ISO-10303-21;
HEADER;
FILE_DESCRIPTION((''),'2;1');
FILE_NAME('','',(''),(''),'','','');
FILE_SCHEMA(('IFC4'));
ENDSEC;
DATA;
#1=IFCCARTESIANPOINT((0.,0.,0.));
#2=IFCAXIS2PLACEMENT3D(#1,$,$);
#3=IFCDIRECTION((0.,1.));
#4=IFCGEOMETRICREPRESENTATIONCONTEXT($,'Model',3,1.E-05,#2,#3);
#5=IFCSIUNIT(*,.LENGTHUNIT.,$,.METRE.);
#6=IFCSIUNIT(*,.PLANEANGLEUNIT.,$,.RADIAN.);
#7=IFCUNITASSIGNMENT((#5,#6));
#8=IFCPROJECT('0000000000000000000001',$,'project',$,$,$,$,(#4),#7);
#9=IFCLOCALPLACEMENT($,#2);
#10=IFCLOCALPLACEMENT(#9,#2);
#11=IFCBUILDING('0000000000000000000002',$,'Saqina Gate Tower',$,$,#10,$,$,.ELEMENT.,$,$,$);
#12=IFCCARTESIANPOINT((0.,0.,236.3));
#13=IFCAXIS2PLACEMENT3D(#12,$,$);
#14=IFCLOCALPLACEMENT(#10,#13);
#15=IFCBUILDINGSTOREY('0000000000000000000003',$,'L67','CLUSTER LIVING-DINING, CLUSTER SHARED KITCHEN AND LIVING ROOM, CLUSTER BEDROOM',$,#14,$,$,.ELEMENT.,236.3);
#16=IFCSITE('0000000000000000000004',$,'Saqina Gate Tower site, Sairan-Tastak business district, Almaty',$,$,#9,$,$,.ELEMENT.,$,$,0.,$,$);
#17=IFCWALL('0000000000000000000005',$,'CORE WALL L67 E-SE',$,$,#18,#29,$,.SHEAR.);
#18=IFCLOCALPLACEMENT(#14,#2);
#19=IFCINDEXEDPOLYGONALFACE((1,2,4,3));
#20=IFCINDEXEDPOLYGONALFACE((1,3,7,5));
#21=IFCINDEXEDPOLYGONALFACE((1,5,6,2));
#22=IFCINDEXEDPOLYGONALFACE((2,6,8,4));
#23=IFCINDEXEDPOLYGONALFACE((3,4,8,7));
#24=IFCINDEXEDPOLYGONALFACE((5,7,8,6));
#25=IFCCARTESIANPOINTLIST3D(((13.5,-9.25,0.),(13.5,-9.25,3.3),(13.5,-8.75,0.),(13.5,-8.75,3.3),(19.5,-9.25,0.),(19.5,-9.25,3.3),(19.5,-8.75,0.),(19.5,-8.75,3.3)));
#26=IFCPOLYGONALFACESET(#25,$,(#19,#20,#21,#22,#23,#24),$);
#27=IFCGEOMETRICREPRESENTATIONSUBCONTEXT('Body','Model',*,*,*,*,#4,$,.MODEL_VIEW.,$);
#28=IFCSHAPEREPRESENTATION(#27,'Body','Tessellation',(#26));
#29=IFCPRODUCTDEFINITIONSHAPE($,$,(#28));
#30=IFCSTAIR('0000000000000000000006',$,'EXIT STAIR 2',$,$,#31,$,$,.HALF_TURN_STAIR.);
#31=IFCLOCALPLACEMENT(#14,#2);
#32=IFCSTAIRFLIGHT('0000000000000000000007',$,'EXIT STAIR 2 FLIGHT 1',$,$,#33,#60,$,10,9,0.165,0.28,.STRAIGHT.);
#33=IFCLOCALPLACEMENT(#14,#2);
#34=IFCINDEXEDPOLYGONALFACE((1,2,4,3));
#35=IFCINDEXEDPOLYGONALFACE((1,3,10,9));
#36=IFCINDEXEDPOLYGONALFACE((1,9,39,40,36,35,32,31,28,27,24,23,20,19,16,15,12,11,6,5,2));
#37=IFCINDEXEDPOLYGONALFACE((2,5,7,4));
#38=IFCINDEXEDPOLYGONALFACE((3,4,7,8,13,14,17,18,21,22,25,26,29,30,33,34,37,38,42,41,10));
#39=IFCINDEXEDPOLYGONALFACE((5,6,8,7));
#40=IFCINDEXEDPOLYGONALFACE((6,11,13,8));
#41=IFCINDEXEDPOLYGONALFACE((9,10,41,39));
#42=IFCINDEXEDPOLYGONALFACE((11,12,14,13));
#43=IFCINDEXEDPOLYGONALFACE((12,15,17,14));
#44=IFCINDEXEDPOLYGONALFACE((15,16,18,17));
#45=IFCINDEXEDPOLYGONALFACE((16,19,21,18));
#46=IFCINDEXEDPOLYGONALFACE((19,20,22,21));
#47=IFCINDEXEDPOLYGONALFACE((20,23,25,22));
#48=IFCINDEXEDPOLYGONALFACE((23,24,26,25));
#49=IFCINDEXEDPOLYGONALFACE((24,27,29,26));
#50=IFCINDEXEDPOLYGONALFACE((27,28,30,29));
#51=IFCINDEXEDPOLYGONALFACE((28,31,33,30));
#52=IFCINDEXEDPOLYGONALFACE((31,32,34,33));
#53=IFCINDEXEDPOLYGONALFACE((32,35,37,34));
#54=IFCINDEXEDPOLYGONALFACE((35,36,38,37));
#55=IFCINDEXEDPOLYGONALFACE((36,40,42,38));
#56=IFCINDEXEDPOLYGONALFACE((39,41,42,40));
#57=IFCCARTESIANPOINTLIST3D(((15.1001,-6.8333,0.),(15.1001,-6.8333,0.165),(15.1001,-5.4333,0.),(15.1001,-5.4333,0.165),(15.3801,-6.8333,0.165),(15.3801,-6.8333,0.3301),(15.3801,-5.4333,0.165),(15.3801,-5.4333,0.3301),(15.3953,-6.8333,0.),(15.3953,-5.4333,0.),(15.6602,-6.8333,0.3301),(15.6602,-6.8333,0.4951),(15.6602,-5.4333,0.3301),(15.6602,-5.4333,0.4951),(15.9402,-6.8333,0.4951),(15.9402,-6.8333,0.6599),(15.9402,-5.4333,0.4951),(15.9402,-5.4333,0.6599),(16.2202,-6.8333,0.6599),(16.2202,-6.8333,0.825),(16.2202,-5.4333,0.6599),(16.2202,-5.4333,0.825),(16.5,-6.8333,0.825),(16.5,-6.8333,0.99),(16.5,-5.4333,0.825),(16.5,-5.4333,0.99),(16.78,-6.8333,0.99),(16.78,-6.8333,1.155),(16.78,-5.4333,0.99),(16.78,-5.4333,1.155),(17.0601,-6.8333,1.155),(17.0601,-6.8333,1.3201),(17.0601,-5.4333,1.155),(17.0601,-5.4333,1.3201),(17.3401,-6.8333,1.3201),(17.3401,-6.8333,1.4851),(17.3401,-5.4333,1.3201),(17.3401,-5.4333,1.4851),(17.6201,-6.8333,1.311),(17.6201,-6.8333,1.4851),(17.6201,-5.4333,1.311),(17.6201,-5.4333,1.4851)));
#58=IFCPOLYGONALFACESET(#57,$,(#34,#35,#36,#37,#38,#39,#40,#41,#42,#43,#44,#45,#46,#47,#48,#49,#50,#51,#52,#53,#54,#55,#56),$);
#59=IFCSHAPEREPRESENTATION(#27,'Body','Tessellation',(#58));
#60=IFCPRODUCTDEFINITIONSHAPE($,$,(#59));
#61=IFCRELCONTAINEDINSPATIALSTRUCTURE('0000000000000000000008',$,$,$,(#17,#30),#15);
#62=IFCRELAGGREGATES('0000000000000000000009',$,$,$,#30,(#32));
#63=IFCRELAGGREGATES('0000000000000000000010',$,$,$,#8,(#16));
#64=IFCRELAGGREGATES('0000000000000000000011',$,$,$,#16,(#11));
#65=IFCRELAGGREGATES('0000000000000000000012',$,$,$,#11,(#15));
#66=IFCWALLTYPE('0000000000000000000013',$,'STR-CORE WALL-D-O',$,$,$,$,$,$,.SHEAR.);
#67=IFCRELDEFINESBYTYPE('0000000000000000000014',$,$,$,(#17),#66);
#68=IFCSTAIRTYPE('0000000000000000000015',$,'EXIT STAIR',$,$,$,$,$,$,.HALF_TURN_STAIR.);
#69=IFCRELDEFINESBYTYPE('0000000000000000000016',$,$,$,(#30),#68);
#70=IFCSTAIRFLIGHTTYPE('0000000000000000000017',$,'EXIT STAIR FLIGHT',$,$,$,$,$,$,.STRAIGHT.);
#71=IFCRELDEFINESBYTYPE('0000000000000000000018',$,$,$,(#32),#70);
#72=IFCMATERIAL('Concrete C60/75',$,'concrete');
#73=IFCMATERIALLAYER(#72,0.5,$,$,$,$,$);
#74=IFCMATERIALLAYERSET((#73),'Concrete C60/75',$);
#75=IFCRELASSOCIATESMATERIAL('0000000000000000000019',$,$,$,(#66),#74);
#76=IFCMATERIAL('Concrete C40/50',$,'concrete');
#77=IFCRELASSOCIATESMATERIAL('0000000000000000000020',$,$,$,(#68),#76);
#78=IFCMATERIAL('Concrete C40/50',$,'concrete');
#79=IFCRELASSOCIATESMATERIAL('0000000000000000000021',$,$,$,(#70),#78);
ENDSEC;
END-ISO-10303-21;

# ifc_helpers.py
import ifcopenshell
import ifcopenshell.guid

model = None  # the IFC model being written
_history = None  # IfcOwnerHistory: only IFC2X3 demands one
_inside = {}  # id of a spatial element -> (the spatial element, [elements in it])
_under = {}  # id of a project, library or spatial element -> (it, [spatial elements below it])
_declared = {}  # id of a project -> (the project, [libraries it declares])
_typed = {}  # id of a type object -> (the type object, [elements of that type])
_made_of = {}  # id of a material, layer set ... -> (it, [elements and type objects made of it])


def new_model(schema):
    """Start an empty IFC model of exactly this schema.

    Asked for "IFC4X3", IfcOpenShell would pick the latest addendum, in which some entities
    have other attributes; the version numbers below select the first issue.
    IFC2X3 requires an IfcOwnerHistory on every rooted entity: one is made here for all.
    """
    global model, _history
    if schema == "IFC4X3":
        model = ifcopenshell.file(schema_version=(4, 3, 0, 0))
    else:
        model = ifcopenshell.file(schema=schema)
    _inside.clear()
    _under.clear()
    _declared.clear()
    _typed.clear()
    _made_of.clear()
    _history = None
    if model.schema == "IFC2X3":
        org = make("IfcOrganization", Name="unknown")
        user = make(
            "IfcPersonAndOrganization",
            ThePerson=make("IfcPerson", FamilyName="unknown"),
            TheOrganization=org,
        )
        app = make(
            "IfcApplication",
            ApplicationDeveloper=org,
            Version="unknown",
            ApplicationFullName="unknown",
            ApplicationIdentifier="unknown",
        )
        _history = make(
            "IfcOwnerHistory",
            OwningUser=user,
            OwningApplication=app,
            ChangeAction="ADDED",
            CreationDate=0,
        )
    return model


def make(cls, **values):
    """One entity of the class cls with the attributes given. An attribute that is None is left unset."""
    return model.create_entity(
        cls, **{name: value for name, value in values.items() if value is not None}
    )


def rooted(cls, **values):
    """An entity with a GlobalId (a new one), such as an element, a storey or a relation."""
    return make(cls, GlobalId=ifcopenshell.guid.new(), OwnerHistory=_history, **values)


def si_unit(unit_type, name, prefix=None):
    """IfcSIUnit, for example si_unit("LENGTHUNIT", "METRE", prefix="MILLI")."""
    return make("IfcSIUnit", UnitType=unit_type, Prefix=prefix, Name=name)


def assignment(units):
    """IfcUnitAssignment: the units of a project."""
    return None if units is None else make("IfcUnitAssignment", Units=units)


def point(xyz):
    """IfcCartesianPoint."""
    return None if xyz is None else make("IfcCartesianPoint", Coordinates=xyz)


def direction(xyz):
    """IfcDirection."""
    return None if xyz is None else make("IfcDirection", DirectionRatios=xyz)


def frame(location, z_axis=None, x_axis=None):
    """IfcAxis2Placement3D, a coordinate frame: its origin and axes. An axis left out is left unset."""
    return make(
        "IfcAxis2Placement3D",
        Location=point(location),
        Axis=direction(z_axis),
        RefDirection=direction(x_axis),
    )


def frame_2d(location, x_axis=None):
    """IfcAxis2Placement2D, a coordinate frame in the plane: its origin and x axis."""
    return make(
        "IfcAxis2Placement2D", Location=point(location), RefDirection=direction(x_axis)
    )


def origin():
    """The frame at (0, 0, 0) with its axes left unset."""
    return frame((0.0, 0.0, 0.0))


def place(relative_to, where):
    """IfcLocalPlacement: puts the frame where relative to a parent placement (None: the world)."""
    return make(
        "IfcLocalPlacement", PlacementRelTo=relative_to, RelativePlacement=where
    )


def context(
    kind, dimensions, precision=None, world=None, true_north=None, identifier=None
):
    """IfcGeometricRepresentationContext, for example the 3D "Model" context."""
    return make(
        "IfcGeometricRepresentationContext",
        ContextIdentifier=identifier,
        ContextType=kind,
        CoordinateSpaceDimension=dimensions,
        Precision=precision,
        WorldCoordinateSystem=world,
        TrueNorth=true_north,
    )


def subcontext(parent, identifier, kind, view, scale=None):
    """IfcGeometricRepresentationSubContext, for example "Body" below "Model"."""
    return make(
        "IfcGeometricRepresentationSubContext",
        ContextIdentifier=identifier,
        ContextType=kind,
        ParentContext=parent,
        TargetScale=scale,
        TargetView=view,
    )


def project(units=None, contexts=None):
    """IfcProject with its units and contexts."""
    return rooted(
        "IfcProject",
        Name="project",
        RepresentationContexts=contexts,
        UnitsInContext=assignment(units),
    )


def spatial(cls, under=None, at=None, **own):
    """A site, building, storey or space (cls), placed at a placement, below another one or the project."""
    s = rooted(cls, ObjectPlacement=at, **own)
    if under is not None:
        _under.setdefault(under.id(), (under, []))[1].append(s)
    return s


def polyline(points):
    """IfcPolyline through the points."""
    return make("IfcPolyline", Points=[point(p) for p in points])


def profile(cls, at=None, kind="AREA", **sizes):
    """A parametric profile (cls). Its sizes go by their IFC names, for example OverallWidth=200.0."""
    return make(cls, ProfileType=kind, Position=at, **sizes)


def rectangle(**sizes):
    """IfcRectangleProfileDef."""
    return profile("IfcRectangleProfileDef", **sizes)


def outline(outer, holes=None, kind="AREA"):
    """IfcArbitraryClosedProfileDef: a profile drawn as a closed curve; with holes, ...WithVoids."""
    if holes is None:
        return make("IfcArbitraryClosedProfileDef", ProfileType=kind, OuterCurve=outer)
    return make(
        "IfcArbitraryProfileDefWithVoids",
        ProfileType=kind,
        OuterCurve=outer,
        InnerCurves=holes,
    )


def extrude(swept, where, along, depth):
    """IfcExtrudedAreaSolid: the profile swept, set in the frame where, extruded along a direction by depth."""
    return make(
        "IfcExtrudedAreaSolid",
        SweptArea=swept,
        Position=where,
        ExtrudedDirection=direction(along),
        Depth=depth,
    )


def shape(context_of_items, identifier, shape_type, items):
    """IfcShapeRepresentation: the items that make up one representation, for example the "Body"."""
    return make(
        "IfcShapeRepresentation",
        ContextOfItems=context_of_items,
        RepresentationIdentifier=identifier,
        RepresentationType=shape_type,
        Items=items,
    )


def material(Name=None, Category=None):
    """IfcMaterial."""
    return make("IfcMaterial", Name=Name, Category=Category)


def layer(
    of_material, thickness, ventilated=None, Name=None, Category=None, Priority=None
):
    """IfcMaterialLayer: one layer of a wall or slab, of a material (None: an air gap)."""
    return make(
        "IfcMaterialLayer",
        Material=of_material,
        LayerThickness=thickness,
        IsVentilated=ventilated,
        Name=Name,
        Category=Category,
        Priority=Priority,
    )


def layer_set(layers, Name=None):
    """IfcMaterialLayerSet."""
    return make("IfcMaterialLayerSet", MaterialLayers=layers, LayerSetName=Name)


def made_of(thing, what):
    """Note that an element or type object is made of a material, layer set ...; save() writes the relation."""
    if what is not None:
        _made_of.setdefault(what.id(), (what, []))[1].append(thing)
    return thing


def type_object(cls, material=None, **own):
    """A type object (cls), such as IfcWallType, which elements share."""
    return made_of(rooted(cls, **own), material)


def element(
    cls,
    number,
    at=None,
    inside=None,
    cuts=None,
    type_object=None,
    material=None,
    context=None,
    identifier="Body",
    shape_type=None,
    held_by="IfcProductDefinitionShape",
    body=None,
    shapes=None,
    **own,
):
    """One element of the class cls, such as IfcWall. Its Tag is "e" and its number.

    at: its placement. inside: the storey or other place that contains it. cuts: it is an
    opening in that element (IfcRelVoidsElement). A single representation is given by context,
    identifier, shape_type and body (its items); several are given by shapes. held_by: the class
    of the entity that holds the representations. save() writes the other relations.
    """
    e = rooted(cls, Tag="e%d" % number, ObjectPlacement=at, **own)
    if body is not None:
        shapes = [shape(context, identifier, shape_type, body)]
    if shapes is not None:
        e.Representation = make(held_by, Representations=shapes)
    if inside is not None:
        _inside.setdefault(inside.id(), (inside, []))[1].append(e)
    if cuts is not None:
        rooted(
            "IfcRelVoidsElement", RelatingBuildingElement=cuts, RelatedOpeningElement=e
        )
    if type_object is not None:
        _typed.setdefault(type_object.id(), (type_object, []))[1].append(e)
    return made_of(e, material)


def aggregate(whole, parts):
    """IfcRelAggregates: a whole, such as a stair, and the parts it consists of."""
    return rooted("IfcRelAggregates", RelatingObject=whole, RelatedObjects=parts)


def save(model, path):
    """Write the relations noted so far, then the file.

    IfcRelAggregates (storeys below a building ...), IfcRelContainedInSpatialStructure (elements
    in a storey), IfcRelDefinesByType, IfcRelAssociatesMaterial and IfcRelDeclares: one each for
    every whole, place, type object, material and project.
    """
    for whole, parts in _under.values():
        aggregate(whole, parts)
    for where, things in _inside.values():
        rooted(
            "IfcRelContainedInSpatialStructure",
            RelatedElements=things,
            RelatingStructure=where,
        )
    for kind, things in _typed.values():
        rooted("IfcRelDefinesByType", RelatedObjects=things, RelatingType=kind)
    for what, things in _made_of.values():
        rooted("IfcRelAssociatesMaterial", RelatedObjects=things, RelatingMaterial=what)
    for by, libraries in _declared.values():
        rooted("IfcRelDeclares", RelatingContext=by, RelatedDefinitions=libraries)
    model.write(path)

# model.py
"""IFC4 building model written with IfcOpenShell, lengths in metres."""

from ifc_helpers import new_model, si_unit, direction, frame, frame_2d, origin, place, context, subcontext, project, spatial, polyline, rectangle, outline, extrude, material, layer, layer_set, type_object, element, aggregate, save


model = new_model("IFC4")

# Units and contexts
model_context = context("Model", 3, precision=1e-05, world=origin(), true_north=direction((0.0, 1.0)))
body_context = subcontext(model_context, "Body", "Model", "MODEL_VIEW")
ifc_project = project(units=[si_unit("LENGTHUNIT", "METRE"), si_unit("PLANEANGLEUNIT", "RADIAN")], contexts=[model_context])

# Site, building, storey
site_placement = place(None, origin())
site = spatial("IfcSite", under=ifc_project, at=site_placement, Name="Saqina Gate Tower site, Sairan-Tastak business district, Almaty", CompositionType="ELEMENT", RefElevation=0.0)
building_placement = place(site_placement, origin())
building = spatial("IfcBuilding", under=site, at=building_placement, Name="Saqina Gate Tower", CompositionType="ELEMENT")
storey_placement = place(building_placement, frame((0.0, 0.0, 236.3)))
storey = spatial("IfcBuildingStorey", under=building, at=storey_placement, Name="L67", Description="CLUSTER LIVING-DINING, CLUSTER SHARED KITCHEN AND LIVING ROOM, CLUSTER BEDROOM", CompositionType="ELEMENT", Elevation=236.3)

# Shared definitions
ifc_material_1 = material(Name="Concrete C60/75", Category="concrete")
ifc_layer_1 = layer(ifc_material_1, 0.5)
ifc_layer_set_1 = layer_set([ifc_layer_1], Name="Concrete C60/75")
wall_type_1 = type_object("IfcWallType", Name="STR-CORE WALL-D-O", PredefinedType="SHEAR", material=ifc_layer_set_1)

# Wall
wall_1_placement = place(storey_placement, frame((13.5, -9.0, 0.0), z_axis=(0.0, 0.0, 1.0), x_axis=(1.0, 0.0, 0.0)))
element("IfcWall", 1, at=wall_1_placement, inside=storey, type_object=wall_type_1, Name="CORE WALL L67 E-SE", PredefinedType="SHEAR", context=body_context, shape_type="SweptSolid", body=[
    extrude(rectangle(XDim=6.0, YDim=0.5, at=frame_2d((3.0, 0.0))), origin(), (0.0, 0.0, 1.0), 3.3),
])

# Stair, stair flight
ifc_material_2 = material(Name="Concrete C40/50", Category="concrete")
stair_type = type_object("IfcStairType", Name="EXIT STAIR", PredefinedType="HALF_TURN_STAIR", material=ifc_material_2)
stair_placement = place(storey_placement, origin())
stair = element("IfcStair", 2, at=stair_placement, inside=storey, type_object=stair_type, Name="EXIT STAIR 2", PredefinedType="HALF_TURN_STAIR")
ifc_material_3 = material(Name="Concrete C40/50", Category="concrete")
stair_flight_type = type_object("IfcStairFlightType", Name="EXIT STAIR FLIGHT", PredefinedType="STRAIGHT", material=ifc_material_3)
stair_flight_placement = place(storey_placement, frame((15.1001, -6.1333, 0.0), z_axis=(0.0, 0.0, 1.0), x_axis=(1.0, 0.0, 0.0)))
stair_flight = element("IfcStairFlight", 3, at=stair_flight_placement, type_object=stair_flight_type, Name="EXIT STAIR 2 FLIGHT 1", NumberOfRisers=10, NumberOfTreads=9, PredefinedType="STRAIGHT", RiserHeight=0.165, TreadLength=0.28, context=body_context, shape_type="SweptSolid", body=[
    extrude(outline(polyline([(0.0, 0.0), (0.0, 0.165), (0.28, 0.165), (0.28, 0.3301), (0.5601, 0.3301), (0.5601, 0.4951), (0.8401, 0.4951), (0.8401, 0.6599), (1.1201, 0.6599), (1.1201, 0.825), (1.3999, 0.825), (1.3999, 0.99), (1.6799, 0.99), (1.6799, 1.155), (1.96, 1.155), (1.96, 1.3201), (2.24, 1.3201), (2.24, 1.4851), (2.52, 1.4851), (2.52, 1.6499), (2.52, 1.311), (0.2952, 0.0), (0.0, 0.0)])), frame((0.0, 0.7, 0.0), z_axis=(0.0, -1.0, 0.0), x_axis=(1.0, 0.0, 0.0)), (0.0, 0.0, 1.0), 1.3999),
])
aggregate(stair, [stair_flight])

save(model, "model.ifc")
